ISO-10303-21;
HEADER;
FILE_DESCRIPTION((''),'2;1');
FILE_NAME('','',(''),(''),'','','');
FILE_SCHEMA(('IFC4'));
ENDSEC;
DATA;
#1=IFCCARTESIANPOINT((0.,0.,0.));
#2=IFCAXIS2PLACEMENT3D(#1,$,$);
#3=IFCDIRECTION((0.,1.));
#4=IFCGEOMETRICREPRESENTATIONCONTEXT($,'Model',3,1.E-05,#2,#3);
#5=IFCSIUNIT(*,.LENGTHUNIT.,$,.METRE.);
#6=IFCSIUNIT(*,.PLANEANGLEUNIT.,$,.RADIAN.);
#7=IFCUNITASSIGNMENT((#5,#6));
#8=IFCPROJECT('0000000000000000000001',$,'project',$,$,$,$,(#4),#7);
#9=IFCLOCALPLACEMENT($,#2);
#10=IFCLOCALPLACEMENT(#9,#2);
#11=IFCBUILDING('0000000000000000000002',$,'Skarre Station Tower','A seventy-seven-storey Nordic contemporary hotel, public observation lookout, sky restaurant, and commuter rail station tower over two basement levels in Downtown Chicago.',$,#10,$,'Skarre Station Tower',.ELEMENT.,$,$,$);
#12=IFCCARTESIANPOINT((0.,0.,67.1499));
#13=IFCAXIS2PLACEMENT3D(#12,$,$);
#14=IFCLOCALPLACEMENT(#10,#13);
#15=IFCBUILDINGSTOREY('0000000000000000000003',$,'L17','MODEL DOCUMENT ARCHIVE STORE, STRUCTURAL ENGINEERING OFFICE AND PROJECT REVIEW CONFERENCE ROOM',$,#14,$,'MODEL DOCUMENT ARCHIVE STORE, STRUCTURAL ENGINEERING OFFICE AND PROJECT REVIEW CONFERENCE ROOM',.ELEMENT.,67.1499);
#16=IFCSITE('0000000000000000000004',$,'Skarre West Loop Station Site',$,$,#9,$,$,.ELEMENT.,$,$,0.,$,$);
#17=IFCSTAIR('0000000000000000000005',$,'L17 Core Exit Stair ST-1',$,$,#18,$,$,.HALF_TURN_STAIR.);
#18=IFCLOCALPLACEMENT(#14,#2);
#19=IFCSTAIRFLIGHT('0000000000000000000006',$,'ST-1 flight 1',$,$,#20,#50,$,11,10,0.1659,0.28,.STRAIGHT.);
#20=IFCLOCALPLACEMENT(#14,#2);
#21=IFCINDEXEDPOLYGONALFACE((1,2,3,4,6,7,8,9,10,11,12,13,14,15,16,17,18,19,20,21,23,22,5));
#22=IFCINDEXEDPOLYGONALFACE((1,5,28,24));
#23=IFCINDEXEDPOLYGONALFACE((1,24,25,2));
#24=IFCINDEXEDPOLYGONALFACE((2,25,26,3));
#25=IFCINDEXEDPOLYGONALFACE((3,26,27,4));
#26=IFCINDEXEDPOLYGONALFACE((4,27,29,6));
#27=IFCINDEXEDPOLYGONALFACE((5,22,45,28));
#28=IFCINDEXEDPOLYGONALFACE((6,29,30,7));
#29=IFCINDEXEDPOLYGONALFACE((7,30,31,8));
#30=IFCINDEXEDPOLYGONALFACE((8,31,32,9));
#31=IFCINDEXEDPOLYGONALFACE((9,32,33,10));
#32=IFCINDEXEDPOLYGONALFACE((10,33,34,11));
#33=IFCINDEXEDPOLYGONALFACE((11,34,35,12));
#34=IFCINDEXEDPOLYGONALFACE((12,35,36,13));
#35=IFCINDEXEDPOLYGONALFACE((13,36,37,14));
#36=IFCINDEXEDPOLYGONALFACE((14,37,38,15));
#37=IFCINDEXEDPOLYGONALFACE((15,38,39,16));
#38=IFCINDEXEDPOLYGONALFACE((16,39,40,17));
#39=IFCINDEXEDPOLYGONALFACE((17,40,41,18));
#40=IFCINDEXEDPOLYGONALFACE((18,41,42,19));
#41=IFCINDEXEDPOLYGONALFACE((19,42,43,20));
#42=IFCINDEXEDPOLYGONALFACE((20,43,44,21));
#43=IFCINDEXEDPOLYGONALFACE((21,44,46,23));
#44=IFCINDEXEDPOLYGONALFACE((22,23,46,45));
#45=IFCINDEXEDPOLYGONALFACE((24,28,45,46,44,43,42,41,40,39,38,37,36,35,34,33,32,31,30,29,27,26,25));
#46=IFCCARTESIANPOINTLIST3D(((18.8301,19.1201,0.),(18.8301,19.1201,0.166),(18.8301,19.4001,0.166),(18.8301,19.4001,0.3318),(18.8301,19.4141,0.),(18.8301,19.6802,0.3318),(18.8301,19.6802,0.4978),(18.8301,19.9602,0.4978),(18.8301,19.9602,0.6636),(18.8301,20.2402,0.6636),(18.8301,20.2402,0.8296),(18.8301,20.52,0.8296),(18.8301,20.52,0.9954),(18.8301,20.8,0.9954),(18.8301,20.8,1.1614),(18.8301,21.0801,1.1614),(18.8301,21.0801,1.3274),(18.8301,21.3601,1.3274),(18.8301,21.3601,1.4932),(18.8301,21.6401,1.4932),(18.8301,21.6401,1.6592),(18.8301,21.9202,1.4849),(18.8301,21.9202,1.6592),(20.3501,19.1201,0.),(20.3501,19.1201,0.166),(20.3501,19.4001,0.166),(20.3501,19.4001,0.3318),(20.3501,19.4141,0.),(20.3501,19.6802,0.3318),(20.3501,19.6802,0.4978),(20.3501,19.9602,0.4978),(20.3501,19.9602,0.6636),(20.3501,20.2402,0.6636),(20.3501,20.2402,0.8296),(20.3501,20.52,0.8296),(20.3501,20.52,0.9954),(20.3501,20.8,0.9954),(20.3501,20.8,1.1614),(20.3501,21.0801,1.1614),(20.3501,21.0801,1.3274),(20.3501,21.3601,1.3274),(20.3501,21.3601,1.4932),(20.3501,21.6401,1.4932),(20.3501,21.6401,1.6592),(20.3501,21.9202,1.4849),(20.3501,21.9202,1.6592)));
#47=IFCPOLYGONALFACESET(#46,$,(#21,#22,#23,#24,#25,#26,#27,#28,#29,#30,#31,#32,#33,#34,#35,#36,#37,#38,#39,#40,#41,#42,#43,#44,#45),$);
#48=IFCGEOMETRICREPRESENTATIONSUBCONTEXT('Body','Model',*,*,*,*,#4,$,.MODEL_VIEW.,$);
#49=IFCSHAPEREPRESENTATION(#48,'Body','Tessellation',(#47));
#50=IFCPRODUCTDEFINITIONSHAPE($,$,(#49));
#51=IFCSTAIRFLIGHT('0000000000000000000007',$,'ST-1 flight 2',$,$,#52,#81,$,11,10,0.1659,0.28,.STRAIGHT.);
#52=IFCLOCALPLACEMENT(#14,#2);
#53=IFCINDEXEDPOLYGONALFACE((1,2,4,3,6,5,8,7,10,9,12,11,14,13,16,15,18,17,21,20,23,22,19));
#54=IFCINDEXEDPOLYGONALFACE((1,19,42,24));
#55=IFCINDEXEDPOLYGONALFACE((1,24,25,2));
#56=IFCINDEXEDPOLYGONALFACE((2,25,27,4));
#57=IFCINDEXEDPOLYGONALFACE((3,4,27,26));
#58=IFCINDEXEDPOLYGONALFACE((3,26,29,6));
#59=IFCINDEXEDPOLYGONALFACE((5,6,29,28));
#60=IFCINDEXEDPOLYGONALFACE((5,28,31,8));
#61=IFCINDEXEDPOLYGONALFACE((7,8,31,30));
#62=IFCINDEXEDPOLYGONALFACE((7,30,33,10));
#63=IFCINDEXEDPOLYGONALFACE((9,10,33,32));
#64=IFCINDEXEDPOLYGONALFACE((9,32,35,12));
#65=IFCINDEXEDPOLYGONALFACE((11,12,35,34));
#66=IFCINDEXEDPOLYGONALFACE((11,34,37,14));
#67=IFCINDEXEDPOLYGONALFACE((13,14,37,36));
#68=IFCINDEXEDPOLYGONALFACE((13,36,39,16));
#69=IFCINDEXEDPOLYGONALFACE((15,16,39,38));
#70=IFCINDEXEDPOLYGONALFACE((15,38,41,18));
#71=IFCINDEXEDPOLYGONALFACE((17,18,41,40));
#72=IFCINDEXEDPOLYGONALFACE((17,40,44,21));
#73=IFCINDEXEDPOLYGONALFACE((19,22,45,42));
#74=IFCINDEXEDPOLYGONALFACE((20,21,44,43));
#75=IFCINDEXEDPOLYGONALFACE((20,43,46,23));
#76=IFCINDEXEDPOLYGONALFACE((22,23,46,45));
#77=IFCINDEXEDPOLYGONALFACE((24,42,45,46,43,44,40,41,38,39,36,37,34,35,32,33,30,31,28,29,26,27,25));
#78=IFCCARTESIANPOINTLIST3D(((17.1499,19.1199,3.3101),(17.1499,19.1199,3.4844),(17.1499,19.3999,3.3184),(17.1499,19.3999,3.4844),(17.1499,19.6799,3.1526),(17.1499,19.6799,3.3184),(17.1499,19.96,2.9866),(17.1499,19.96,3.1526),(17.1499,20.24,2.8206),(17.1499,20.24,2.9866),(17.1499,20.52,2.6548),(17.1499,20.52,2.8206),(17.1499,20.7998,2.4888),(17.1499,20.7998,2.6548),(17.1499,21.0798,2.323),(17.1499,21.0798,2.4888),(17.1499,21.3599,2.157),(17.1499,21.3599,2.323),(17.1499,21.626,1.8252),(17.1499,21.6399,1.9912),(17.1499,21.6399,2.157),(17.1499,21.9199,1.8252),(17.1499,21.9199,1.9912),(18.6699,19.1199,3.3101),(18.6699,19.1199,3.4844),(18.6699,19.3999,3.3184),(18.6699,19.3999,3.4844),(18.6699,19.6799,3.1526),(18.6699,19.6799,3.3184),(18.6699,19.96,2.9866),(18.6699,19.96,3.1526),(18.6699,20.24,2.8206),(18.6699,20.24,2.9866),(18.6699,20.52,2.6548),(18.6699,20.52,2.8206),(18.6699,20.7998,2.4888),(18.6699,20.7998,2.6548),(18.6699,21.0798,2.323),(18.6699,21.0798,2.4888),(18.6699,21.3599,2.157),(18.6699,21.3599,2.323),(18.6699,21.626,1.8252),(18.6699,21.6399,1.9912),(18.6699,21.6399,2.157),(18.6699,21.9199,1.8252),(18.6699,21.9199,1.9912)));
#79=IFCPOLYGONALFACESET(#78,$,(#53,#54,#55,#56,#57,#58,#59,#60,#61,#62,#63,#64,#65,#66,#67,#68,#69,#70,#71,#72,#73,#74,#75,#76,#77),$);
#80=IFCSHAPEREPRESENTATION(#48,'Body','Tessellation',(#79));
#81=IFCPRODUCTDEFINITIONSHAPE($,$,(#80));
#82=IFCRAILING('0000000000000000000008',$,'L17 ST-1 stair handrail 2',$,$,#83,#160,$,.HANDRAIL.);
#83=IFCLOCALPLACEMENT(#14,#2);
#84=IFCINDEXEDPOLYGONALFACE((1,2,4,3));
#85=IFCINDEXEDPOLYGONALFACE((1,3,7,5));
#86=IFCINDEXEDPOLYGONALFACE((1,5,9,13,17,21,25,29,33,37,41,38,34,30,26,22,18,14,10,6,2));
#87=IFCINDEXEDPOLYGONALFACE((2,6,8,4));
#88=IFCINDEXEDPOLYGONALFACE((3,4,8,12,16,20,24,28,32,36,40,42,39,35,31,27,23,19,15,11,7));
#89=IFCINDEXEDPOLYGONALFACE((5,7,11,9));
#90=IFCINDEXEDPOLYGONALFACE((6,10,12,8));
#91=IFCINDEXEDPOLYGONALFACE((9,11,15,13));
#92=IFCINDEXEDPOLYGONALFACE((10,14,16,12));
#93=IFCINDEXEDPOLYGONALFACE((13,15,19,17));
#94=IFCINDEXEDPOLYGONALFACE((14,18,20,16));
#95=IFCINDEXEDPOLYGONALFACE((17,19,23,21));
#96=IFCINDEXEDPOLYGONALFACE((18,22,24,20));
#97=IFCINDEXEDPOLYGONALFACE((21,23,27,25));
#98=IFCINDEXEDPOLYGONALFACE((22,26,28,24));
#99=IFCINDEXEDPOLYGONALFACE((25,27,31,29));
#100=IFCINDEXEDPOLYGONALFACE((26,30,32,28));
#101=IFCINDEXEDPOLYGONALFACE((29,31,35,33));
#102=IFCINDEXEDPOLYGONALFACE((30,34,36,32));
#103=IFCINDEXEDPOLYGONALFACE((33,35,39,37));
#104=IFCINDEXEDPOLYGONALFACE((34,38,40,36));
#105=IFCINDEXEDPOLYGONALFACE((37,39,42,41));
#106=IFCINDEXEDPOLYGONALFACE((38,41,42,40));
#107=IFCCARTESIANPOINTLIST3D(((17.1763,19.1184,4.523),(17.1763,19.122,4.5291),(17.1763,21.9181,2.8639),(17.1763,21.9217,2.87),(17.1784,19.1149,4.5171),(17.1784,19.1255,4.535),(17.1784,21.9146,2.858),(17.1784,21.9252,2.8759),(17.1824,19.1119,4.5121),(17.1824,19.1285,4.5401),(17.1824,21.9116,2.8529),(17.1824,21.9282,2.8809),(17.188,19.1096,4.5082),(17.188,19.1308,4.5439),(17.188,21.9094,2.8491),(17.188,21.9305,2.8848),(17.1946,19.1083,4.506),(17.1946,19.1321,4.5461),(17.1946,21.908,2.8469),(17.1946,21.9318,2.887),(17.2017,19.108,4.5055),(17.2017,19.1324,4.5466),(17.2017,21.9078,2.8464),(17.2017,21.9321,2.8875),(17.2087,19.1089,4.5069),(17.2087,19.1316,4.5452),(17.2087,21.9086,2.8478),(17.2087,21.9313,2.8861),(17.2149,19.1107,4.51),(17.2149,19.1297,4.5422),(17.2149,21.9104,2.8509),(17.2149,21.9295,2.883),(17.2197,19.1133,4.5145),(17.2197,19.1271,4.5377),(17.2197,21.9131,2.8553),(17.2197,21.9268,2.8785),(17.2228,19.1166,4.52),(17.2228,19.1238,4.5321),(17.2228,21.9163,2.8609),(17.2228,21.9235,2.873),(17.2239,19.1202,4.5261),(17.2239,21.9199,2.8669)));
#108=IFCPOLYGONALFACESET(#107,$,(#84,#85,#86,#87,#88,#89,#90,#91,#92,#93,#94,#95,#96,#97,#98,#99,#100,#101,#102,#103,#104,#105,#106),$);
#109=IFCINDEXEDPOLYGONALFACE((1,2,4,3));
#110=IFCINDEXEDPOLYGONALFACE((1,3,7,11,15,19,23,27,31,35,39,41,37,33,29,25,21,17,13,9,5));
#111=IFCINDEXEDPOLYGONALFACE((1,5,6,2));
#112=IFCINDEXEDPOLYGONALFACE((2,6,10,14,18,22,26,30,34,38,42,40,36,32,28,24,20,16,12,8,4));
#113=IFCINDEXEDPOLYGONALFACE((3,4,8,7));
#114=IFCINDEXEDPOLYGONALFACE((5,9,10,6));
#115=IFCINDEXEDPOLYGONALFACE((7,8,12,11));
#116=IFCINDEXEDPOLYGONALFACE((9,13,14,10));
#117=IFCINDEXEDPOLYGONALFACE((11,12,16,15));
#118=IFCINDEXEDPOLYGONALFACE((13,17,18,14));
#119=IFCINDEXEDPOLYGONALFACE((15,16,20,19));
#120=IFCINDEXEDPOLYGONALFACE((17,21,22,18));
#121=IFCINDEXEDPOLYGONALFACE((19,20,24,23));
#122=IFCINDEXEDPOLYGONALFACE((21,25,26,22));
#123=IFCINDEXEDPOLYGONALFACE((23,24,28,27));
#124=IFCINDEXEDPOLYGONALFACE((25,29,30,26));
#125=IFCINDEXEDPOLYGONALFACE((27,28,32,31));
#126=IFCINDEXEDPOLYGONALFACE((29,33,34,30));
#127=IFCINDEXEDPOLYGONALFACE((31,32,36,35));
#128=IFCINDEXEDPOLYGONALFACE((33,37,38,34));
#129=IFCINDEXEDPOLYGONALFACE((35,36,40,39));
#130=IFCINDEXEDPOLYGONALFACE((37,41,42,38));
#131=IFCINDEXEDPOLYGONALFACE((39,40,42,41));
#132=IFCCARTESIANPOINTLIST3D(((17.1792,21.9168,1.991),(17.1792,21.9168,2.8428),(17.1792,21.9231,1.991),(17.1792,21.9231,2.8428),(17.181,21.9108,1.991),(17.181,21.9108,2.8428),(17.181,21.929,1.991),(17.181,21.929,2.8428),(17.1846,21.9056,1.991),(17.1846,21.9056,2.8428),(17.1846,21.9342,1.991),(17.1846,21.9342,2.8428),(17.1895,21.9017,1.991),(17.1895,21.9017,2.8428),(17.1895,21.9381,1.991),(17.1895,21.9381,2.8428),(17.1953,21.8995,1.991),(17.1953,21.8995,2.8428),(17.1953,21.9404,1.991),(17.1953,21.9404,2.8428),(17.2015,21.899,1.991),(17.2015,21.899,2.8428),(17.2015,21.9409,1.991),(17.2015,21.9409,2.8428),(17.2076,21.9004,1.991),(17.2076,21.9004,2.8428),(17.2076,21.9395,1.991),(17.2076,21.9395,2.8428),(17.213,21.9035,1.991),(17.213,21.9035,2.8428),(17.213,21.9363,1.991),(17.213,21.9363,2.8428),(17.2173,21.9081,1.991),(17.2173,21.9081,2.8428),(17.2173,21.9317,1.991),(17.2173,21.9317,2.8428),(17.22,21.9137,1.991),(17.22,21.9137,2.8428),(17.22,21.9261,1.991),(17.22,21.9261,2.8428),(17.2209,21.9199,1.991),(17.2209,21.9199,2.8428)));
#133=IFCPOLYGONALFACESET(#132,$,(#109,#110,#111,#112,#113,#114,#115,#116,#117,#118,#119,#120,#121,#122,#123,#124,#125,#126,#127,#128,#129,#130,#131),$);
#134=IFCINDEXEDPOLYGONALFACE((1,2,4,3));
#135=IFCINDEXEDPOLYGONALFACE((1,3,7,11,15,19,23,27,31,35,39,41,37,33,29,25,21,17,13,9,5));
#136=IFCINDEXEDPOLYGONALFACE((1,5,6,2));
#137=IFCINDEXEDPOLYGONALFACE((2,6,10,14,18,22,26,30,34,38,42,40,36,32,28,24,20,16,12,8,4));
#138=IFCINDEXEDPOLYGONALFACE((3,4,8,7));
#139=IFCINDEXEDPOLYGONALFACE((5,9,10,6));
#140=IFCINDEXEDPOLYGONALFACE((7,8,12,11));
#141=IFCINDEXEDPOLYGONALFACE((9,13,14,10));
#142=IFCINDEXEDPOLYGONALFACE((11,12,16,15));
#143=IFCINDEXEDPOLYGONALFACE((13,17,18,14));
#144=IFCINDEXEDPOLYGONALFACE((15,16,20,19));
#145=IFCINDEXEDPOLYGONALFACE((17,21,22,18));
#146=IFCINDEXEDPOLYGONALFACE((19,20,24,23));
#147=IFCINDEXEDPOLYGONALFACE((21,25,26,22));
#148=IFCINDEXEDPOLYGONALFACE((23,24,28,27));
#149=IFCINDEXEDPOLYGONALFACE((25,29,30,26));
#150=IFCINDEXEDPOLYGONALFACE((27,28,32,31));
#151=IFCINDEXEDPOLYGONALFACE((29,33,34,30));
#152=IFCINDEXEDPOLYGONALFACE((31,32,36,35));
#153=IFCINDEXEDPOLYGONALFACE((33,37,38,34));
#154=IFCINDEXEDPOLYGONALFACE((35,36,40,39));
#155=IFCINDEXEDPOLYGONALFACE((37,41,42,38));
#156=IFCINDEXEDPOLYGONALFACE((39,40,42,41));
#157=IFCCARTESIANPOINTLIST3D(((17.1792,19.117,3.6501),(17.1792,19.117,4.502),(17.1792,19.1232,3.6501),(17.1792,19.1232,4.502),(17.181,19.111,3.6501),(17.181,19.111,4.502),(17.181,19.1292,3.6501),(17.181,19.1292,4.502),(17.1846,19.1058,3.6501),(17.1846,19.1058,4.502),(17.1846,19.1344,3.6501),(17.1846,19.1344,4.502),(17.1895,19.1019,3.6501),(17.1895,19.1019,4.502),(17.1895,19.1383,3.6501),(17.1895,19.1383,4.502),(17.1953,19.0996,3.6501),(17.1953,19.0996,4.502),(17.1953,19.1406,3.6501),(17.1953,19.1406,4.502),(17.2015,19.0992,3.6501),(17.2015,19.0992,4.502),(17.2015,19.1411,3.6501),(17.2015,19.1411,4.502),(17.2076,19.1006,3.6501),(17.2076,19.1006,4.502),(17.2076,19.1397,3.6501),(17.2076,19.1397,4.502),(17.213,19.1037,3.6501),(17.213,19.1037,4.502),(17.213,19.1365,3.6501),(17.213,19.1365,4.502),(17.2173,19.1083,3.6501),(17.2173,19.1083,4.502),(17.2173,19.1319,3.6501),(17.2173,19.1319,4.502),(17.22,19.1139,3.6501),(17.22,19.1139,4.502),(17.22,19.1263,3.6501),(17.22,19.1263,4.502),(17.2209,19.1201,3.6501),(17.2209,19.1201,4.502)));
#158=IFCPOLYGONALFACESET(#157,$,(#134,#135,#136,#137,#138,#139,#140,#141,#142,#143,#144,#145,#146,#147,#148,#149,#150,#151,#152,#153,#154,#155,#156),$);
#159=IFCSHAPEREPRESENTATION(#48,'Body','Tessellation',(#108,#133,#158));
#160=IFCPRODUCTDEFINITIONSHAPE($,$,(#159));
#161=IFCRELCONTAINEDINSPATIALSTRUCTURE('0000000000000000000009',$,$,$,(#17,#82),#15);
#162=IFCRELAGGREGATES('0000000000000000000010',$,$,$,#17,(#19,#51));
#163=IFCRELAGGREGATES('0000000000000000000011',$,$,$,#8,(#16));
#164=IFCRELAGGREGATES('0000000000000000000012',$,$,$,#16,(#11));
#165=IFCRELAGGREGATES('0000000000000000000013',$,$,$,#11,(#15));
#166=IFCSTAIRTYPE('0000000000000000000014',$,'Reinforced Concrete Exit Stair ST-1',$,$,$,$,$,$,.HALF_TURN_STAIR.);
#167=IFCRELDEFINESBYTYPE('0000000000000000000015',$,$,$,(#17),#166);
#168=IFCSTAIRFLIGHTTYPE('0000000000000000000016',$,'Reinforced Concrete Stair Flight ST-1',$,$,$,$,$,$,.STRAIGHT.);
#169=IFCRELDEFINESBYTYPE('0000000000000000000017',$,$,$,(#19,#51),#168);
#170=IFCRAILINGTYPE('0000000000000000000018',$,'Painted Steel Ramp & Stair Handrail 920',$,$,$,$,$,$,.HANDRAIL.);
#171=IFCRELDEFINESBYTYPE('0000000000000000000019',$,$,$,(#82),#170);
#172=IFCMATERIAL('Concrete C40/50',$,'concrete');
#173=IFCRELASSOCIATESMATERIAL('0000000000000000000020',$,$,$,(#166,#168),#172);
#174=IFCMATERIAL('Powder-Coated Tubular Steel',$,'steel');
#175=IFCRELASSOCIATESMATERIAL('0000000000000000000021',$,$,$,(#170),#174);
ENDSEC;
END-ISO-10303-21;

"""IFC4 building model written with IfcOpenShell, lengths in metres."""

from ifc_helpers import new_model, si_unit, direction, frame, origin, origin_2d, place, context, subcontext, project, spatial, polyline, circle, outline, extrude, material, type_object, element, aggregate, save


model = new_model("IFC4")

# Units and contexts
model_context = context("Model", 3, precision=1e-05, world=origin(), true_north=direction((0.0, 1.0)))
body_context = subcontext(model_context, "Body", "Model", "MODEL_VIEW")
ifc_project = project(units=[si_unit("LENGTHUNIT", "METRE"), si_unit("PLANEANGLEUNIT", "RADIAN")], contexts=[model_context])

# Site, building, storey
site_placement = place(None, origin())
site = spatial("IfcSite", under=ifc_project, at=site_placement, Name="Skarre West Loop Station Site", CompositionType="ELEMENT", RefElevation=0.0)
building_placement = place(site_placement, origin())
building = spatial("IfcBuilding", under=site, at=building_placement, Name="Skarre Station Tower", Description="A seventy-seven-storey Nordic contemporary hotel, public observation lookout, sky restaurant, and commuter rail station tower over two basement levels in Downtown Chicago.", LongName="Skarre Station Tower", CompositionType="ELEMENT")
storey_placement = place(building_placement, frame((0.0, 0.0, 67.1499)))
storey = spatial("IfcBuildingStorey", under=building, at=storey_placement, Name="L17", Description="MODEL DOCUMENT ARCHIVE STORE, STRUCTURAL ENGINEERING OFFICE AND PROJECT REVIEW CONFERENCE ROOM", LongName="MODEL DOCUMENT ARCHIVE STORE, STRUCTURAL ENGINEERING OFFICE AND PROJECT REVIEW CONFERENCE ROOM", CompositionType="ELEMENT", Elevation=67.1499)

# Stair
ifc_material_1 = material(Name="Concrete C40/50", Category="concrete")
stair_type_1 = type_object("IfcStairType", Name="Reinforced Concrete Exit Stair ST-1", PredefinedType="HALF_TURN_STAIR", material=ifc_material_1)
stair_1_placement = place(storey_placement, origin())
stair_1 = element("IfcStair", 1, at=stair_1_placement, inside=storey, type_object=stair_type_1, Name="L17 Core Exit Stair ST-1", PredefinedType="HALF_TURN_STAIR")

# Stair flights
stair_flight_type = type_object("IfcStairFlightType", Name="Reinforced Concrete Stair Flight ST-1", PredefinedType="STRAIGHT", material=ifc_material_1)
stair_flight_1_placement = place(storey_placement, frame((19.5901, 19.1201, 0.0), z_axis=(0.0, 0.0, 1.0), x_axis=(0.0, 1.0, 0.0)))
stair_flight_1 = element("IfcStairFlight", 2, at=stair_flight_1_placement, type_object=stair_flight_type, Name="ST-1 flight 1", NumberOfRisers=11, NumberOfTreads=10, PredefinedType="STRAIGHT", RiserHeight=0.1659, TreadLength=0.28, context=body_context, shape_type="SweptSolid", body=[
    extrude(outline(polyline([(0.0, 0.0), (0.0, 0.166), (0.28, 0.166), (0.28, 0.3318), (0.5601, 0.3318), (0.5601, 0.4978), (0.8401, 0.4978), (0.8401, 0.6636), (1.1201, 0.6636), (1.1201, 0.8296), (1.3999, 0.8296), (1.3999, 0.9954), (1.6799, 0.9954), (1.6799, 1.1614), (1.96, 1.1614), (1.96, 1.3274), (2.24, 1.3274), (2.24, 1.4932), (2.52, 1.4932), (2.52, 1.6592), (2.8, 1.6592), (2.8, 1.825), (2.8, 1.4849), (0.2939, 0.0), (0.0, 0.0)])), frame((0.0, 0.76, 0.0), z_axis=(0.0, -1.0, 0.0), x_axis=(1.0, 0.0, 0.0)), (0.0, 0.0, 1.0), 1.52),
])
stair_flight_2_placement = place(storey_placement, frame((17.9099, 21.9199, 1.8252), z_axis=(0.0, 0.0, 1.0), x_axis=(0.0, -1.0, 0.0)))
stair_flight_2 = element("IfcStairFlight", 3, at=stair_flight_2_placement, type_object=stair_flight_type, Name="ST-1 flight 2", NumberOfRisers=11, NumberOfTreads=10, PredefinedType="STRAIGHT", RiserHeight=0.1659, TreadLength=0.28, context=body_context, shape_type="SweptSolid", body=[
    extrude(outline(polyline([(0.0, 0.0), (0.0, 0.166), (0.28, 0.166), (0.28, 0.3318), (0.5601, 0.3318), (0.5601, 0.4978), (0.8401, 0.4978), (0.8401, 0.6636), (1.1201, 0.6636), (1.1201, 0.8296), (1.3999, 0.8296), (1.3999, 0.9954), (1.6799, 0.9954), (1.6799, 1.1614), (1.96, 1.1614), (1.96, 1.3274), (2.24, 1.3274), (2.24, 1.4932), (2.52, 1.4932), (2.52, 1.6592), (2.8, 1.6592), (2.8, 1.825), (2.8, 1.4849), (0.2939, 0.0), (0.0, 0.0)])), frame((0.0, 0.76, 0.0), z_axis=(0.0, -1.0, 0.0), x_axis=(1.0, 0.0, 0.0)), (0.0, 0.0, 1.0), 1.52),
])
aggregate(stair_1, [stair_flight_1, stair_flight_2])

# Railing
ifc_material_2 = material(Name="Powder-Coated Tubular Steel", Category="steel")
railing_type_1 = type_object("IfcRailingType", Name="Painted Steel Ramp & Stair Handrail 920", PredefinedType="HANDRAIL", material=ifc_material_2)
railing_1_placement = place(storey_placement, frame((17.2, 21.9199, 1.991)))
element("IfcRailing", 4, at=railing_1_placement, inside=storey, type_object=railing_type_1, Name="L17 ST-1 stair handrail 2", PredefinedType="HANDRAIL", context=body_context, shape_type="SweptSolid", body=[
    extrude(circle(Radius=0.0239, at=origin_2d()), frame((0.0, 0.0, 0.876), z_axis=(0.0, -0.860287, 0.509811), x_axis=(1.0, 0.0, 0.0)), (0.0, 0.0, 1.0), 3.2544),
    extrude(circle(Radius=0.021, at=origin_2d()), origin(), (0.0, 0.0, 1.0), 0.8518),
    extrude(circle(Radius=0.021, at=origin_2d()), frame((0.0, -2.7998, 1.6592)), (0.0, 0.0, 1.0), 0.8518),
])

save(model, "model.ifc")
